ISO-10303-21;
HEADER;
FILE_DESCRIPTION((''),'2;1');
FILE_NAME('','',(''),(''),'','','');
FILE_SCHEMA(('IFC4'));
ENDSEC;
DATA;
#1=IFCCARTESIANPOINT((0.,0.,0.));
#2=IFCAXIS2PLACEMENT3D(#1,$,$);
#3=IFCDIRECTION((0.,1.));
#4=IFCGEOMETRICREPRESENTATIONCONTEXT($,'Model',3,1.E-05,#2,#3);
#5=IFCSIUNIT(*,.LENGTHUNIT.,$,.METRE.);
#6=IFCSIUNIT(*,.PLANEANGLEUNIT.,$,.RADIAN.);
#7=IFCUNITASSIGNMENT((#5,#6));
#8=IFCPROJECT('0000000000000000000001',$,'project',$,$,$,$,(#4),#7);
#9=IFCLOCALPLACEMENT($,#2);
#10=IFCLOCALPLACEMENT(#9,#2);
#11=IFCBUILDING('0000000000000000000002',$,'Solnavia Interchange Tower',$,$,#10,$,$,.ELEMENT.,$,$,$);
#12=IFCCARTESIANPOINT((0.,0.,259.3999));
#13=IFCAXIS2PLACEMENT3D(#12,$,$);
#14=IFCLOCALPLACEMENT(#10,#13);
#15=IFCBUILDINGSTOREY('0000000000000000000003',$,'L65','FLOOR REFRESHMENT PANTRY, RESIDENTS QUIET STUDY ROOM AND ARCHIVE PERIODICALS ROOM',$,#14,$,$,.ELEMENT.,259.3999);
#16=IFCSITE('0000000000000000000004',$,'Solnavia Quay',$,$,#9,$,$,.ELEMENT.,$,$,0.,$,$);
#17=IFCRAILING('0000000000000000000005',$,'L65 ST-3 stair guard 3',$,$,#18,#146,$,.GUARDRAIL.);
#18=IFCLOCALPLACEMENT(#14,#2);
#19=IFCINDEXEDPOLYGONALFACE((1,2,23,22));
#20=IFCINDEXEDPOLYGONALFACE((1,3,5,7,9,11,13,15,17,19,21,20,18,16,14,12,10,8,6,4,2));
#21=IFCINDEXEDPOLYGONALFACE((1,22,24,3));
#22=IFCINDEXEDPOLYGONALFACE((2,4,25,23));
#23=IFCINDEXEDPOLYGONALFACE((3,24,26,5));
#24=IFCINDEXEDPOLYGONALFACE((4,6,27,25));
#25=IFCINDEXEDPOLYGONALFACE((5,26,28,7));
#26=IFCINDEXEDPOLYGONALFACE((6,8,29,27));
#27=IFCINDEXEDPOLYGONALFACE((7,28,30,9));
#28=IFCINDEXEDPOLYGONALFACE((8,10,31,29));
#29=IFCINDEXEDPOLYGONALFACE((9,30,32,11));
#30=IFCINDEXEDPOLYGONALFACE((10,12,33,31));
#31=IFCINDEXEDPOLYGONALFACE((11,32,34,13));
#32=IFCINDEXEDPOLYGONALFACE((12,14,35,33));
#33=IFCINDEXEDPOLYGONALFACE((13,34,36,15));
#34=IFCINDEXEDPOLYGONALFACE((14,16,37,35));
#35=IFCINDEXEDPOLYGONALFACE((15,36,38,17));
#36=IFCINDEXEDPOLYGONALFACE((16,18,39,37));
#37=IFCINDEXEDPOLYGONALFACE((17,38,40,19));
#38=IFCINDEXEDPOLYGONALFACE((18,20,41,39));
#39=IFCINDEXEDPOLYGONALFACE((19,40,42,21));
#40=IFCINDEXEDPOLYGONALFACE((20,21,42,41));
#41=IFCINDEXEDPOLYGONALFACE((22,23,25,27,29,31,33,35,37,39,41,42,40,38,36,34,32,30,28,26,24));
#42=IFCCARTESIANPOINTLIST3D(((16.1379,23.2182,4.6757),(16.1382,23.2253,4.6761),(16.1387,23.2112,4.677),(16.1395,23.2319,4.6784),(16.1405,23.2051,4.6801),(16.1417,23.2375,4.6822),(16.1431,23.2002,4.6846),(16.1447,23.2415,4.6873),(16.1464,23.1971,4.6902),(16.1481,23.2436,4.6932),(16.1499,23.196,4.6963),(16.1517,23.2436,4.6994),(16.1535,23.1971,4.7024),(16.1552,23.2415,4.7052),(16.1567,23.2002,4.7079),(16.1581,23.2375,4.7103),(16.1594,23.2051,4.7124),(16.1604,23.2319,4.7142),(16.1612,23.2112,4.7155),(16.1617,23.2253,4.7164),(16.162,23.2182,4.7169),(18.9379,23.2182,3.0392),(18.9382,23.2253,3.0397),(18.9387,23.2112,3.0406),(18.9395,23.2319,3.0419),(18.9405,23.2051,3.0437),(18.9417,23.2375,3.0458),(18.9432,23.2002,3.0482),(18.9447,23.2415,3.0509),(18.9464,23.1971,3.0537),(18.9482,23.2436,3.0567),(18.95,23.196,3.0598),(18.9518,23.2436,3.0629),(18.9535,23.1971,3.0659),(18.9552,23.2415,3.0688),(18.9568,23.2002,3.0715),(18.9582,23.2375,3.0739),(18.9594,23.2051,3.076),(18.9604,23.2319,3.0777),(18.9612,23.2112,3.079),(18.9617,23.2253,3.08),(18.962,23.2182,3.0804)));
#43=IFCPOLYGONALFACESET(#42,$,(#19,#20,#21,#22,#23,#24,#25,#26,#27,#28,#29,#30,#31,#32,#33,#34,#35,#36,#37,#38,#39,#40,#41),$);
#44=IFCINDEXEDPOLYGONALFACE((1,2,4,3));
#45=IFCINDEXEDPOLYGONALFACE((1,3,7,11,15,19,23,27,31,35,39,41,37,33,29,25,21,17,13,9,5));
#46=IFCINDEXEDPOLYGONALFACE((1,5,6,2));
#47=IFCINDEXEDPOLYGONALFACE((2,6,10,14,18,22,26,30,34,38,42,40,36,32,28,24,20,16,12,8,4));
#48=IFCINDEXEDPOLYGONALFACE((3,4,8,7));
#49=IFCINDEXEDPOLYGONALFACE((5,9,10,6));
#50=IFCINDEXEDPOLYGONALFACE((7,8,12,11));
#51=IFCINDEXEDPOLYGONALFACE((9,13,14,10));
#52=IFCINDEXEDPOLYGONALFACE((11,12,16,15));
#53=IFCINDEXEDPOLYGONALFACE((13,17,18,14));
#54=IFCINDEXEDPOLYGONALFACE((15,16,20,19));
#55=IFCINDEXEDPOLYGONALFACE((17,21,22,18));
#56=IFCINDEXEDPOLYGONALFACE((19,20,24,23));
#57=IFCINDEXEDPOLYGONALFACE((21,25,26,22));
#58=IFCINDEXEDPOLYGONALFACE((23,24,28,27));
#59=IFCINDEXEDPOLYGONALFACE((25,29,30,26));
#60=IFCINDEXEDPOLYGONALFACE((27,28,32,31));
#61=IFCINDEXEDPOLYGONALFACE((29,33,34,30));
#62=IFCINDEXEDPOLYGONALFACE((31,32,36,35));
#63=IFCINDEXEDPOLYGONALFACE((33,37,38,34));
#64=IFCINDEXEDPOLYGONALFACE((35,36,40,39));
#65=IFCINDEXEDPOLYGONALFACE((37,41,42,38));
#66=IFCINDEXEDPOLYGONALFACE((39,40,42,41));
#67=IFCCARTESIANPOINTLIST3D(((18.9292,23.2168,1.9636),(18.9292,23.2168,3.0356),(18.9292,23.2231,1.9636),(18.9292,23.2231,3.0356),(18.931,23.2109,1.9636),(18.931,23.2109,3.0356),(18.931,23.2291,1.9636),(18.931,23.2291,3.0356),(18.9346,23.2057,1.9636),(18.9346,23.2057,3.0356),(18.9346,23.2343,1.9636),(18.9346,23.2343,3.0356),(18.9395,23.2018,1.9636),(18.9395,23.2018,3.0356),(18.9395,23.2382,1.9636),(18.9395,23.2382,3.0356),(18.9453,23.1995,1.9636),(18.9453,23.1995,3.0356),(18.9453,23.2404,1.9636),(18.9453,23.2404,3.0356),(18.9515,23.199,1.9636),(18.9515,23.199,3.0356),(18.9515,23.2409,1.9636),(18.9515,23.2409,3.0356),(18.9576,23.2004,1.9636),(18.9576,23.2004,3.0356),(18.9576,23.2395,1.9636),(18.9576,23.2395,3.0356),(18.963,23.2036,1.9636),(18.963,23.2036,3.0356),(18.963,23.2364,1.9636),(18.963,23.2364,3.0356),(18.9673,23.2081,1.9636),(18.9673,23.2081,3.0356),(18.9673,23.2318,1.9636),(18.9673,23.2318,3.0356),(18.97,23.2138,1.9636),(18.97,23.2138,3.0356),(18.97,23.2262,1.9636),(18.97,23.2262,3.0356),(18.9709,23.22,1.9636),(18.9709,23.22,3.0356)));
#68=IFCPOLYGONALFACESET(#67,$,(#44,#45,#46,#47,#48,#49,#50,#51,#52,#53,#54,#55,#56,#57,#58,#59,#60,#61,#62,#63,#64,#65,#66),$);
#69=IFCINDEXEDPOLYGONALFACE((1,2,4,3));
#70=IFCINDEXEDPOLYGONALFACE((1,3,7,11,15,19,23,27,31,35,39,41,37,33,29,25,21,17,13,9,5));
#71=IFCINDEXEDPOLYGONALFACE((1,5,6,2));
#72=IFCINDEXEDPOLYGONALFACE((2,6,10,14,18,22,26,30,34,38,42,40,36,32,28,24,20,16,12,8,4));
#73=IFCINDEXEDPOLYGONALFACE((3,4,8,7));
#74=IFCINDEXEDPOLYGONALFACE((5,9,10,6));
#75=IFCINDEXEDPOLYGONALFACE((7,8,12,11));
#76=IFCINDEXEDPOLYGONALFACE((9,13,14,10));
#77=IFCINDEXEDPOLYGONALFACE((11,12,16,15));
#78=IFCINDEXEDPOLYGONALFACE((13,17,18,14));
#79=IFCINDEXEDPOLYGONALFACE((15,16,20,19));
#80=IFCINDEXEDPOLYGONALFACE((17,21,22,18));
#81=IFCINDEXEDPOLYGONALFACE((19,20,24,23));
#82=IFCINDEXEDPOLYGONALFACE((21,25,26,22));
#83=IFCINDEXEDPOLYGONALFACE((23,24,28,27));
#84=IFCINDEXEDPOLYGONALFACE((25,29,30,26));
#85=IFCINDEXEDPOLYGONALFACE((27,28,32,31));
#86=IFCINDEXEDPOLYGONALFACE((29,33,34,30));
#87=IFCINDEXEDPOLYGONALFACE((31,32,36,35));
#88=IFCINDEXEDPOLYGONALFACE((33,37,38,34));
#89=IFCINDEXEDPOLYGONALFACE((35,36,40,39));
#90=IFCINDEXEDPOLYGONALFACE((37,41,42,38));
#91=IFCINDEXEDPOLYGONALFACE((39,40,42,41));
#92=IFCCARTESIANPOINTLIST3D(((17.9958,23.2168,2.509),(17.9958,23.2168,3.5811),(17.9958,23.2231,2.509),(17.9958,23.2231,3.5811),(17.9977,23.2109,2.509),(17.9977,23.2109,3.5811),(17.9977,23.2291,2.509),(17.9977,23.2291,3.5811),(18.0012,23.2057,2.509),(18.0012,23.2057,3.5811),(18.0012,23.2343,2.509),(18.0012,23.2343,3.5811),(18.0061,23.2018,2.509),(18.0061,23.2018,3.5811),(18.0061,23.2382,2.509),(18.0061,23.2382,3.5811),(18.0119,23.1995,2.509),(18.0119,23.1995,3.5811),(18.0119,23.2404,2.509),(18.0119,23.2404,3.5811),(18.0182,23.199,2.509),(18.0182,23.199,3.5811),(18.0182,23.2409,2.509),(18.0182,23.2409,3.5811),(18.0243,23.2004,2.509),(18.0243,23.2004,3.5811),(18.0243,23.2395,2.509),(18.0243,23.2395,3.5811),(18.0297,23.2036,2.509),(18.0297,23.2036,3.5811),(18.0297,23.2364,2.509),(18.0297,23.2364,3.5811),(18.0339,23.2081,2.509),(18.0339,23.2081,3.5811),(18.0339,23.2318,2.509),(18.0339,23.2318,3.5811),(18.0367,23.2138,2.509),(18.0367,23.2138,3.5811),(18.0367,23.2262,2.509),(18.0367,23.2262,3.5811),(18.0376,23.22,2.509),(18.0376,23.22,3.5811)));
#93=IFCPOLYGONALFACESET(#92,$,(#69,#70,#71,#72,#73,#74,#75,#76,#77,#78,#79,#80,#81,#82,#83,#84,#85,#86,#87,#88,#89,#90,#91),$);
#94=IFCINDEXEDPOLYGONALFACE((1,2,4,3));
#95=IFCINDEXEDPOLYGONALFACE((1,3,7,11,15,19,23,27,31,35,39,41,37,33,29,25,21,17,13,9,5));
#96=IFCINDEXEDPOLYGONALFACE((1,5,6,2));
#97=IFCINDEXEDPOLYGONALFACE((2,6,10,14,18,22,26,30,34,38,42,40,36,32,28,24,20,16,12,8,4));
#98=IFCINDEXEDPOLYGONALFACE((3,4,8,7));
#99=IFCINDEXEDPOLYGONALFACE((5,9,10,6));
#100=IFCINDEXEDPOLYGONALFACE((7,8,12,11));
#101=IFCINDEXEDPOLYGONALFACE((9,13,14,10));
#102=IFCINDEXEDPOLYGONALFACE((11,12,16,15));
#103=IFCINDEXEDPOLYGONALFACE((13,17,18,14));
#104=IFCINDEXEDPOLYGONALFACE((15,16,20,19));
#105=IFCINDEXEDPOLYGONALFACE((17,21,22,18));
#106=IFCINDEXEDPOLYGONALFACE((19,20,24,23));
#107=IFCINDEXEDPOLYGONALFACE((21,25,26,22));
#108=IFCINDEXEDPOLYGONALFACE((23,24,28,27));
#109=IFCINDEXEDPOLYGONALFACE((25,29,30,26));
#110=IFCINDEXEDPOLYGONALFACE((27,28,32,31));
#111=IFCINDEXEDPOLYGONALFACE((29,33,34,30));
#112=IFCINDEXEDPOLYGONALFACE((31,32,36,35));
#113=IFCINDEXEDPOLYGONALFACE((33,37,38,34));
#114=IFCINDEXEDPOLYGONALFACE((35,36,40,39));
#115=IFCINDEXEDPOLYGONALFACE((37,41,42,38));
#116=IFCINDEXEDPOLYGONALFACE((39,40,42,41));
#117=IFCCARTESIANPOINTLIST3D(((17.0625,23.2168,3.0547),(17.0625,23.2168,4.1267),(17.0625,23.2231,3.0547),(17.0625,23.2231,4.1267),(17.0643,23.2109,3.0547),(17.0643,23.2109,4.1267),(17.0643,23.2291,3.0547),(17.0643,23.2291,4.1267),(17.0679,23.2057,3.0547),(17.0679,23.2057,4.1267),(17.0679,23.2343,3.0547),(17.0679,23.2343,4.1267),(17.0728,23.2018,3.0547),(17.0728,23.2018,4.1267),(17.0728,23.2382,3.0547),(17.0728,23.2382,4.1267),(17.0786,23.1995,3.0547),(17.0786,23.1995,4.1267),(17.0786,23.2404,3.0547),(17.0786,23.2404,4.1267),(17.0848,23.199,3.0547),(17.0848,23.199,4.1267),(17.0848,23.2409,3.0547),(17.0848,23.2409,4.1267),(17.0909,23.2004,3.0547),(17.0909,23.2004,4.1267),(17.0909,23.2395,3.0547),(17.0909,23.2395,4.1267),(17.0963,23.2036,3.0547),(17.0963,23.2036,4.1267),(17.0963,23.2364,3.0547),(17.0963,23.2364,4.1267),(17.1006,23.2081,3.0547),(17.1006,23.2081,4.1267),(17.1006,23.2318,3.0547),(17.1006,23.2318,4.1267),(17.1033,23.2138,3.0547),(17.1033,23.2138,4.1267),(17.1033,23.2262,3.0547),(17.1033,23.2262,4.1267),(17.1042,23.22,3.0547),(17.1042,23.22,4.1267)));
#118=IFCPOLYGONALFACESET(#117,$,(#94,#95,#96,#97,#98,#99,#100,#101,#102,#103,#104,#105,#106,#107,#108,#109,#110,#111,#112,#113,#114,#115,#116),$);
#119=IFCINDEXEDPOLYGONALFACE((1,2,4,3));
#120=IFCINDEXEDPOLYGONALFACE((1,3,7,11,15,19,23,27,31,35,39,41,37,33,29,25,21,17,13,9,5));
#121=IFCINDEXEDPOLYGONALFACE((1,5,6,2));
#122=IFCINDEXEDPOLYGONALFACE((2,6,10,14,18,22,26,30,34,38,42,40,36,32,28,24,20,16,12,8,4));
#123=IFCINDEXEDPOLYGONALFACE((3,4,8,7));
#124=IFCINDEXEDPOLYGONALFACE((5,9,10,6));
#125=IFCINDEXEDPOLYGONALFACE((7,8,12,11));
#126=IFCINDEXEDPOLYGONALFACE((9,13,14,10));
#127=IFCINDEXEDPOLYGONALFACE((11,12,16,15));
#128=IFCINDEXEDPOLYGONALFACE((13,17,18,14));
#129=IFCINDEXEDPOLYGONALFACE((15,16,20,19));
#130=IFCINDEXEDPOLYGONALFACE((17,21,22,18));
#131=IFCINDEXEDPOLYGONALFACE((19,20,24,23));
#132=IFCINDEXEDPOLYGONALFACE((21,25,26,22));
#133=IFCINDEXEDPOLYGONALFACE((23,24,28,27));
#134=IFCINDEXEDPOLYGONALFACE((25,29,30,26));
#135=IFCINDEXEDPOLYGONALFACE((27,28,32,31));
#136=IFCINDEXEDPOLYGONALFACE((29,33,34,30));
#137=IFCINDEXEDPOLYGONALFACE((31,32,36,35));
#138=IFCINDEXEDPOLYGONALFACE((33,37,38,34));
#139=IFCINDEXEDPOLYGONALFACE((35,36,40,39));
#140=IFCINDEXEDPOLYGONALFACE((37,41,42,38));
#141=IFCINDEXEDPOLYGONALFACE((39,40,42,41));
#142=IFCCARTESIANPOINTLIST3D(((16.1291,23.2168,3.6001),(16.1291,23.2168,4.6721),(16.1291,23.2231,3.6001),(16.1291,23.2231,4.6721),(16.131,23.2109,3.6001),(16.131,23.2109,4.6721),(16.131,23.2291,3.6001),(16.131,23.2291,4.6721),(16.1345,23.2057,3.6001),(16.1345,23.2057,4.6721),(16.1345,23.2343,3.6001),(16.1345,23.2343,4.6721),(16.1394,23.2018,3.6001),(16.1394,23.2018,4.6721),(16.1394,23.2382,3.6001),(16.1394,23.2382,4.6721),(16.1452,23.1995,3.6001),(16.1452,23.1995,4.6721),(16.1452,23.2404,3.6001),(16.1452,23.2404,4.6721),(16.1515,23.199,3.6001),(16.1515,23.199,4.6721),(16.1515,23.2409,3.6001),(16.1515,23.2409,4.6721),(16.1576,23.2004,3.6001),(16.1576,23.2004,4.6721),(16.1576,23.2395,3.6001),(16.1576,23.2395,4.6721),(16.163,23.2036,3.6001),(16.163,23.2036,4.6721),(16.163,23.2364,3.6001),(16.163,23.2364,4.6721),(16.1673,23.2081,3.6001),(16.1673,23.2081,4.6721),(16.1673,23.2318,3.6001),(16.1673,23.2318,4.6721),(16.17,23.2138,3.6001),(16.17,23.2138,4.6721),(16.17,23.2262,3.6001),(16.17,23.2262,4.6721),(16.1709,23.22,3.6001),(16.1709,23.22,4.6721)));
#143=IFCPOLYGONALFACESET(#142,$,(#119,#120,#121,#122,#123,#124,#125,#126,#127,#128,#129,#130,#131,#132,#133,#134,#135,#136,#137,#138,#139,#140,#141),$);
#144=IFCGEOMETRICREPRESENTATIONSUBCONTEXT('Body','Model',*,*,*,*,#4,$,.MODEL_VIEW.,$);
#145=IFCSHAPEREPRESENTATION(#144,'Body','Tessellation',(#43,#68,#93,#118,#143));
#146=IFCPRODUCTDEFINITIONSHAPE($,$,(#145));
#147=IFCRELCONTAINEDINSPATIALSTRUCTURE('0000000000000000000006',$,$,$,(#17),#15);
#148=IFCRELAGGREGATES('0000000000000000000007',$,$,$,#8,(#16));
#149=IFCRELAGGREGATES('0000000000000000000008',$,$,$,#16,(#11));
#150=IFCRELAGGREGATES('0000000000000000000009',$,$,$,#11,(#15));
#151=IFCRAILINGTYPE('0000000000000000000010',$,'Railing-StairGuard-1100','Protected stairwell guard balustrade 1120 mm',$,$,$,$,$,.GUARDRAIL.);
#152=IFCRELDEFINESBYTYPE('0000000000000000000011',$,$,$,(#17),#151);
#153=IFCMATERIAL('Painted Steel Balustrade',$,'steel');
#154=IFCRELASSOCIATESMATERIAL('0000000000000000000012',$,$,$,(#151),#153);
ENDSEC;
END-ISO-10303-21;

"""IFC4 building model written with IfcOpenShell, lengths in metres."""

from ifc_helpers import new_model, si_unit, direction, frame, origin, origin_2d, place, context, subcontext, project, spatial, circle, extrude, material, type_object, element, save


model = new_model("IFC4")

# Units and contexts
model_context = context("Model", 3, precision=1e-05, world=origin(), true_north=direction((0.0, 1.0)))
body_context = subcontext(model_context, "Body", "Model", "MODEL_VIEW")
ifc_project = project(units=[si_unit("LENGTHUNIT", "METRE"), si_unit("PLANEANGLEUNIT", "RADIAN")], contexts=[model_context])

# Site, building, storey
site_placement = place(None, origin())
site = spatial("IfcSite", under=ifc_project, at=site_placement, Name="Solnavia Quay", CompositionType="ELEMENT", RefElevation=0.0)
building_placement = place(site_placement, origin())
building = spatial("IfcBuilding", under=site, at=building_placement, Name="Solnavia Interchange Tower", CompositionType="ELEMENT")
storey_placement = place(building_placement, frame((0.0, 0.0, 259.3999)))
storey = spatial("IfcBuildingStorey", under=building, at=storey_placement, Name="L65", Description="FLOOR REFRESHMENT PANTRY, RESIDENTS QUIET STUDY ROOM AND ARCHIVE PERIODICALS ROOM", CompositionType="ELEMENT", Elevation=259.3999)

# Railing
ifc_material_1 = material(Name="Painted Steel Balustrade", Category="steel")
railing_type_1 = type_object("IfcRailingType", Name="Railing-StairGuard-1100", Description="Protected stairwell guard balustrade 1120 mm", PredefinedType="GUARDRAIL", material=ifc_material_1)
railing_1_placement = place(storey_placement, frame((18.95, 23.22, 1.9636)))
element("IfcRailing", 1, at=railing_1_placement, inside=storey, type_object=railing_type_1, Name="L65 ST-3 stair guard 3", PredefinedType="GUARDRAIL", context=body_context, shape_type="SweptSolid", body=[
    extrude(circle(Radius=0.0239, at=origin_2d()), frame((0.0, 0.0, 1.0962), z_axis=(-0.863361, 0.0, 0.504587), x_axis=(0.0, -1.0, 0.0)), (0.0, 0.0, 1.0), 3.2432),
    extrude(circle(Radius=0.021, at=origin_2d()), origin(), (0.0, 0.0, 1.0), 1.072),
    extrude(circle(Radius=0.021, at=origin_2d()), frame((-0.9333, 0.0, 0.5454)), (0.0, 0.0, 1.0), 1.072),
    extrude(circle(Radius=0.021, at=origin_2d()), frame((-1.8667, 0.0, 1.0911)), (0.0, 0.0, 1.0), 1.072),
    extrude(circle(Radius=0.021, at=origin_2d()), frame((-2.8, 0.0, 1.6365)), (0.0, 0.0, 1.0), 1.072),
])

save(model, "model.ifc")
